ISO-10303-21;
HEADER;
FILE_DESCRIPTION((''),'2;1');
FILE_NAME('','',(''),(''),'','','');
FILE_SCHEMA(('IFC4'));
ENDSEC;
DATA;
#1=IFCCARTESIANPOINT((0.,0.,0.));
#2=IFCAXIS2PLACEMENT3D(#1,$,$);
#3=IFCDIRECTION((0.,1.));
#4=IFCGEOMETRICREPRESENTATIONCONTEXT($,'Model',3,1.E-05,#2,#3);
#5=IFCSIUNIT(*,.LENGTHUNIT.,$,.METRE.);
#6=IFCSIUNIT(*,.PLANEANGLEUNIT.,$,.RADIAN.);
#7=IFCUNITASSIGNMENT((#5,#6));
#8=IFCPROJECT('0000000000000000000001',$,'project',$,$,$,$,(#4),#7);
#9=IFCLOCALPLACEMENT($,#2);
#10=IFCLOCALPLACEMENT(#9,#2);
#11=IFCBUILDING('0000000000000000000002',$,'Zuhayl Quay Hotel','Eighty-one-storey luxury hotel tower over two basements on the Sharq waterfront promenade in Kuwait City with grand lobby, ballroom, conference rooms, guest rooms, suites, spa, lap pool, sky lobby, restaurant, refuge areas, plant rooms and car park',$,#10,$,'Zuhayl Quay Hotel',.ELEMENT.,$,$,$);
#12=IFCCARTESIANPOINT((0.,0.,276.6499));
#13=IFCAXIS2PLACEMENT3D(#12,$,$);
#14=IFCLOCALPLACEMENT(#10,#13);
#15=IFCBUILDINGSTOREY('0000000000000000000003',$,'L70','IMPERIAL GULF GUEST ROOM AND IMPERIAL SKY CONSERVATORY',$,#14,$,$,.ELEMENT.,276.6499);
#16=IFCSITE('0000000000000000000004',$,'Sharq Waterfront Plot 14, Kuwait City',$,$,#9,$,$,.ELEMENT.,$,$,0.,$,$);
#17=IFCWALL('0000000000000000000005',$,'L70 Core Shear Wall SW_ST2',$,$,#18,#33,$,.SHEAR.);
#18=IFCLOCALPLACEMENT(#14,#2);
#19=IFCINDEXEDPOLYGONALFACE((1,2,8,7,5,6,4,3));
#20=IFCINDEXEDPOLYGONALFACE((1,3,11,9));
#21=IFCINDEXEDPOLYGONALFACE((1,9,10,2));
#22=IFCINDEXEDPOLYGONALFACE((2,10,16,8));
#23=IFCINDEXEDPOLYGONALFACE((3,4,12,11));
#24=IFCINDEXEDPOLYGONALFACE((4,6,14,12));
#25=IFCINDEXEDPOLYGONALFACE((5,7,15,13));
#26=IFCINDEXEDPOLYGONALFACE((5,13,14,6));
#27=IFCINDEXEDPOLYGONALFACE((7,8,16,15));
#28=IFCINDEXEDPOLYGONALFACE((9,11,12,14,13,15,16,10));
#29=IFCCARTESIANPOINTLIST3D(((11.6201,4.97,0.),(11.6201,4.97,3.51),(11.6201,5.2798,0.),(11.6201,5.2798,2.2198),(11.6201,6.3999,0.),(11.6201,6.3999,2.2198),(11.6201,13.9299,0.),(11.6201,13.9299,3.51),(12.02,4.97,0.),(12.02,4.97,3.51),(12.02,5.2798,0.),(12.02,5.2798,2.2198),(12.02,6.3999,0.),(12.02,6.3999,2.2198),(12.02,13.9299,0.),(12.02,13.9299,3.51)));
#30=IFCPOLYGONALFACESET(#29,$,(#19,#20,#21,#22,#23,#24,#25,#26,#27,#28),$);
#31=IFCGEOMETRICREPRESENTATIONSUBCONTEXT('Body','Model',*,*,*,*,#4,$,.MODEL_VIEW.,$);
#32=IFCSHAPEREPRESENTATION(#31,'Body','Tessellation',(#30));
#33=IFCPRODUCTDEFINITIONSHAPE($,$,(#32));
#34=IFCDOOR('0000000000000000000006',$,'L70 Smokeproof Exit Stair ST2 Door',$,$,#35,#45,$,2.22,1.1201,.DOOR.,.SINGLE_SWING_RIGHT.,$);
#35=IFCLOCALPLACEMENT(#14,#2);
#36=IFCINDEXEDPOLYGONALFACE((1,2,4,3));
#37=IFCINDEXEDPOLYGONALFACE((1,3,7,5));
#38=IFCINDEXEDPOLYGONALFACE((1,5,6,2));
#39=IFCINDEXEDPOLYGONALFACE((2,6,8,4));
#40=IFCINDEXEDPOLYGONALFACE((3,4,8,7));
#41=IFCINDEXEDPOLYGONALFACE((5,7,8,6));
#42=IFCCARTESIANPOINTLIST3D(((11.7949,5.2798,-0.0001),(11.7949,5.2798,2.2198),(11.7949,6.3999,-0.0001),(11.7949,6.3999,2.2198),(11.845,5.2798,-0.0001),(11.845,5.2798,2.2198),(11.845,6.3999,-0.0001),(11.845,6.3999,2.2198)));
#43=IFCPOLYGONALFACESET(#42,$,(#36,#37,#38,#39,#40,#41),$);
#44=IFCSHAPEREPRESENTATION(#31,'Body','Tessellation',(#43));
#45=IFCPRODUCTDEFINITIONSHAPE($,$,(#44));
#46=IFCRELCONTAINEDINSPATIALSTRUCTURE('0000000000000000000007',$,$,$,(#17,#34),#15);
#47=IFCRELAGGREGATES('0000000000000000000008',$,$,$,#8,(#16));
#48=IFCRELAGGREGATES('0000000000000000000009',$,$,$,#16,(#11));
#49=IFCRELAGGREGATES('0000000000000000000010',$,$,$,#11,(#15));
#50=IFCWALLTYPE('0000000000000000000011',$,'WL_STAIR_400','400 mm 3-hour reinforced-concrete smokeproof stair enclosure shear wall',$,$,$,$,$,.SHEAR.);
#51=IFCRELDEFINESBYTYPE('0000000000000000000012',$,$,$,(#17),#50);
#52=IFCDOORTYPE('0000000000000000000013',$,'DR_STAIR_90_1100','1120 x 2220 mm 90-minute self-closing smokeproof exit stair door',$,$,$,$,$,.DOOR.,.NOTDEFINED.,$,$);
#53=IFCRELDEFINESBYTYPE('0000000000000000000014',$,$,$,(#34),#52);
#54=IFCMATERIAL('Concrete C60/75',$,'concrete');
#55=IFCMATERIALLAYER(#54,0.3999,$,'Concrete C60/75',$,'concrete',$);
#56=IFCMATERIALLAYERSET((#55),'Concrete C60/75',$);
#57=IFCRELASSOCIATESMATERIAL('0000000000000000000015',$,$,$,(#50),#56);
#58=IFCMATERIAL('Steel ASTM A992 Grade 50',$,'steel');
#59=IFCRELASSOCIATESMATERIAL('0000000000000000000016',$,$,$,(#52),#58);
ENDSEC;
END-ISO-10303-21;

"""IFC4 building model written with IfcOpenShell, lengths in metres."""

from ifc_helpers import new_model, si_unit, direction, frame, frame_2d, origin, place, context, subcontext, project, spatial, rectangle, extrude, material, layer, layer_set, type_object, element, fill, save


model = new_model("IFC4")

# Units and contexts
model_context = context("Model", 3, precision=1e-05, world=origin(), true_north=direction((0.0, 1.0)))
body_context = subcontext(model_context, "Body", "Model", "MODEL_VIEW")
ifc_project = project(units=[si_unit("LENGTHUNIT", "METRE"), si_unit("PLANEANGLEUNIT", "RADIAN")], contexts=[model_context])

# Site, building, storey
site_placement = place(None, origin())
site = spatial("IfcSite", under=ifc_project, at=site_placement, Name="Sharq Waterfront Plot 14, Kuwait City", CompositionType="ELEMENT", RefElevation=0.0)
building_placement = place(site_placement, origin())
building = spatial("IfcBuilding", under=site, at=building_placement, Name="Zuhayl Quay Hotel", Description="Eighty-one-storey luxury hotel tower over two basements on the Sharq waterfront promenade in Kuwait City with grand lobby, ballroom, conference rooms, guest rooms, suites, spa, lap pool, sky lobby, restaurant, refuge areas, plant rooms and car park", LongName="Zuhayl Quay Hotel", CompositionType="ELEMENT")
storey_placement = place(building_placement, frame((0.0, 0.0, 276.6499)))
storey = spatial("IfcBuildingStorey", under=building, at=storey_placement, Name="L70", Description="IMPERIAL GULF GUEST ROOM AND IMPERIAL SKY CONSERVATORY", CompositionType="ELEMENT", Elevation=276.6499)

# Shared definitions
ifc_material_1 = material(Name="Steel ASTM A992 Grade 50", Category="steel")

# Wall, opening, door
ifc_material_2 = material(Name="Concrete C60/75", Category="concrete")
ifc_layer_1 = layer(ifc_material_2, 0.3999, Name="Concrete C60/75", Category="concrete")
ifc_layer_set_1 = layer_set([ifc_layer_1], Name="Concrete C60/75")
wall_type_1 = type_object("IfcWallType", Name="WL_STAIR_400", Description="400 mm 3-hour reinforced-concrete smokeproof stair enclosure shear wall", PredefinedType="SHEAR", material=ifc_layer_set_1)
wall_1_placement = place(storey_placement, frame((11.8201, 13.9299, 0.0), z_axis=(0.0, 0.0, 1.0), x_axis=(0.0, -1.0, 0.0)))
wall_1 = element("IfcWall", 1, at=wall_1_placement, inside=storey, type_object=wall_type_1, Name="L70 Core Shear Wall SW_ST2", PredefinedType="SHEAR", context=body_context, shape_type="SweptSolid", body=[
    extrude(rectangle(XDim=8.96, YDim=0.3999, at=frame_2d((4.48, 0.0))), origin(), (0.0, 0.0, 1.0), 3.51),
])
opening_1_placement = place(wall_1_placement, frame((7.53, 0.0, 0.0)))
opening_1 = element("IfcOpeningElement", 2, at=opening_1_placement, cuts=wall_1, PredefinedType="OPENING", context=body_context, shape_type="SweptSolid", body=[
    extrude(rectangle(XDim=1.1201, YDim=2.22, at=frame_2d((0.5601, 1.1099))), frame((0.0, 0.21, 0.0), z_axis=(0.0, -1.0, 0.0), x_axis=(1.0, 0.0, 0.0)), (0.0, 0.0, 1.0), 0.4199),
])
door_type_1 = type_object("IfcDoorType", Name="DR_STAIR_90_1100", Description="1120 x 2220 mm 90-minute self-closing smokeproof exit stair door", OperationType="NOTDEFINED", PredefinedType="DOOR", material=ifc_material_1)
door_1_placement = place(opening_1_placement, origin())
door_1 = element("IfcDoor", 3, at=door_1_placement, inside=storey, type_object=door_type_1, Name="L70 Smokeproof Exit Stair ST2 Door", OperationType="SINGLE_SWING_RIGHT", OverallHeight=2.22, OverallWidth=1.1201, PredefinedType="DOOR", context=body_context, shape_type="SweptSolid", body=[
    extrude(rectangle(XDim=1.1201, YDim=2.22, at=frame_2d((0.5601, 1.1099))), frame((0.0, 0.0249, 0.0), z_axis=(0.0, -1.0, 0.0), x_axis=(1.0, 0.0, 0.0)), (0.0, 0.0, 1.0), 0.05),
])
fill(opening_1, door_1)

save(model, "model.ifc")
